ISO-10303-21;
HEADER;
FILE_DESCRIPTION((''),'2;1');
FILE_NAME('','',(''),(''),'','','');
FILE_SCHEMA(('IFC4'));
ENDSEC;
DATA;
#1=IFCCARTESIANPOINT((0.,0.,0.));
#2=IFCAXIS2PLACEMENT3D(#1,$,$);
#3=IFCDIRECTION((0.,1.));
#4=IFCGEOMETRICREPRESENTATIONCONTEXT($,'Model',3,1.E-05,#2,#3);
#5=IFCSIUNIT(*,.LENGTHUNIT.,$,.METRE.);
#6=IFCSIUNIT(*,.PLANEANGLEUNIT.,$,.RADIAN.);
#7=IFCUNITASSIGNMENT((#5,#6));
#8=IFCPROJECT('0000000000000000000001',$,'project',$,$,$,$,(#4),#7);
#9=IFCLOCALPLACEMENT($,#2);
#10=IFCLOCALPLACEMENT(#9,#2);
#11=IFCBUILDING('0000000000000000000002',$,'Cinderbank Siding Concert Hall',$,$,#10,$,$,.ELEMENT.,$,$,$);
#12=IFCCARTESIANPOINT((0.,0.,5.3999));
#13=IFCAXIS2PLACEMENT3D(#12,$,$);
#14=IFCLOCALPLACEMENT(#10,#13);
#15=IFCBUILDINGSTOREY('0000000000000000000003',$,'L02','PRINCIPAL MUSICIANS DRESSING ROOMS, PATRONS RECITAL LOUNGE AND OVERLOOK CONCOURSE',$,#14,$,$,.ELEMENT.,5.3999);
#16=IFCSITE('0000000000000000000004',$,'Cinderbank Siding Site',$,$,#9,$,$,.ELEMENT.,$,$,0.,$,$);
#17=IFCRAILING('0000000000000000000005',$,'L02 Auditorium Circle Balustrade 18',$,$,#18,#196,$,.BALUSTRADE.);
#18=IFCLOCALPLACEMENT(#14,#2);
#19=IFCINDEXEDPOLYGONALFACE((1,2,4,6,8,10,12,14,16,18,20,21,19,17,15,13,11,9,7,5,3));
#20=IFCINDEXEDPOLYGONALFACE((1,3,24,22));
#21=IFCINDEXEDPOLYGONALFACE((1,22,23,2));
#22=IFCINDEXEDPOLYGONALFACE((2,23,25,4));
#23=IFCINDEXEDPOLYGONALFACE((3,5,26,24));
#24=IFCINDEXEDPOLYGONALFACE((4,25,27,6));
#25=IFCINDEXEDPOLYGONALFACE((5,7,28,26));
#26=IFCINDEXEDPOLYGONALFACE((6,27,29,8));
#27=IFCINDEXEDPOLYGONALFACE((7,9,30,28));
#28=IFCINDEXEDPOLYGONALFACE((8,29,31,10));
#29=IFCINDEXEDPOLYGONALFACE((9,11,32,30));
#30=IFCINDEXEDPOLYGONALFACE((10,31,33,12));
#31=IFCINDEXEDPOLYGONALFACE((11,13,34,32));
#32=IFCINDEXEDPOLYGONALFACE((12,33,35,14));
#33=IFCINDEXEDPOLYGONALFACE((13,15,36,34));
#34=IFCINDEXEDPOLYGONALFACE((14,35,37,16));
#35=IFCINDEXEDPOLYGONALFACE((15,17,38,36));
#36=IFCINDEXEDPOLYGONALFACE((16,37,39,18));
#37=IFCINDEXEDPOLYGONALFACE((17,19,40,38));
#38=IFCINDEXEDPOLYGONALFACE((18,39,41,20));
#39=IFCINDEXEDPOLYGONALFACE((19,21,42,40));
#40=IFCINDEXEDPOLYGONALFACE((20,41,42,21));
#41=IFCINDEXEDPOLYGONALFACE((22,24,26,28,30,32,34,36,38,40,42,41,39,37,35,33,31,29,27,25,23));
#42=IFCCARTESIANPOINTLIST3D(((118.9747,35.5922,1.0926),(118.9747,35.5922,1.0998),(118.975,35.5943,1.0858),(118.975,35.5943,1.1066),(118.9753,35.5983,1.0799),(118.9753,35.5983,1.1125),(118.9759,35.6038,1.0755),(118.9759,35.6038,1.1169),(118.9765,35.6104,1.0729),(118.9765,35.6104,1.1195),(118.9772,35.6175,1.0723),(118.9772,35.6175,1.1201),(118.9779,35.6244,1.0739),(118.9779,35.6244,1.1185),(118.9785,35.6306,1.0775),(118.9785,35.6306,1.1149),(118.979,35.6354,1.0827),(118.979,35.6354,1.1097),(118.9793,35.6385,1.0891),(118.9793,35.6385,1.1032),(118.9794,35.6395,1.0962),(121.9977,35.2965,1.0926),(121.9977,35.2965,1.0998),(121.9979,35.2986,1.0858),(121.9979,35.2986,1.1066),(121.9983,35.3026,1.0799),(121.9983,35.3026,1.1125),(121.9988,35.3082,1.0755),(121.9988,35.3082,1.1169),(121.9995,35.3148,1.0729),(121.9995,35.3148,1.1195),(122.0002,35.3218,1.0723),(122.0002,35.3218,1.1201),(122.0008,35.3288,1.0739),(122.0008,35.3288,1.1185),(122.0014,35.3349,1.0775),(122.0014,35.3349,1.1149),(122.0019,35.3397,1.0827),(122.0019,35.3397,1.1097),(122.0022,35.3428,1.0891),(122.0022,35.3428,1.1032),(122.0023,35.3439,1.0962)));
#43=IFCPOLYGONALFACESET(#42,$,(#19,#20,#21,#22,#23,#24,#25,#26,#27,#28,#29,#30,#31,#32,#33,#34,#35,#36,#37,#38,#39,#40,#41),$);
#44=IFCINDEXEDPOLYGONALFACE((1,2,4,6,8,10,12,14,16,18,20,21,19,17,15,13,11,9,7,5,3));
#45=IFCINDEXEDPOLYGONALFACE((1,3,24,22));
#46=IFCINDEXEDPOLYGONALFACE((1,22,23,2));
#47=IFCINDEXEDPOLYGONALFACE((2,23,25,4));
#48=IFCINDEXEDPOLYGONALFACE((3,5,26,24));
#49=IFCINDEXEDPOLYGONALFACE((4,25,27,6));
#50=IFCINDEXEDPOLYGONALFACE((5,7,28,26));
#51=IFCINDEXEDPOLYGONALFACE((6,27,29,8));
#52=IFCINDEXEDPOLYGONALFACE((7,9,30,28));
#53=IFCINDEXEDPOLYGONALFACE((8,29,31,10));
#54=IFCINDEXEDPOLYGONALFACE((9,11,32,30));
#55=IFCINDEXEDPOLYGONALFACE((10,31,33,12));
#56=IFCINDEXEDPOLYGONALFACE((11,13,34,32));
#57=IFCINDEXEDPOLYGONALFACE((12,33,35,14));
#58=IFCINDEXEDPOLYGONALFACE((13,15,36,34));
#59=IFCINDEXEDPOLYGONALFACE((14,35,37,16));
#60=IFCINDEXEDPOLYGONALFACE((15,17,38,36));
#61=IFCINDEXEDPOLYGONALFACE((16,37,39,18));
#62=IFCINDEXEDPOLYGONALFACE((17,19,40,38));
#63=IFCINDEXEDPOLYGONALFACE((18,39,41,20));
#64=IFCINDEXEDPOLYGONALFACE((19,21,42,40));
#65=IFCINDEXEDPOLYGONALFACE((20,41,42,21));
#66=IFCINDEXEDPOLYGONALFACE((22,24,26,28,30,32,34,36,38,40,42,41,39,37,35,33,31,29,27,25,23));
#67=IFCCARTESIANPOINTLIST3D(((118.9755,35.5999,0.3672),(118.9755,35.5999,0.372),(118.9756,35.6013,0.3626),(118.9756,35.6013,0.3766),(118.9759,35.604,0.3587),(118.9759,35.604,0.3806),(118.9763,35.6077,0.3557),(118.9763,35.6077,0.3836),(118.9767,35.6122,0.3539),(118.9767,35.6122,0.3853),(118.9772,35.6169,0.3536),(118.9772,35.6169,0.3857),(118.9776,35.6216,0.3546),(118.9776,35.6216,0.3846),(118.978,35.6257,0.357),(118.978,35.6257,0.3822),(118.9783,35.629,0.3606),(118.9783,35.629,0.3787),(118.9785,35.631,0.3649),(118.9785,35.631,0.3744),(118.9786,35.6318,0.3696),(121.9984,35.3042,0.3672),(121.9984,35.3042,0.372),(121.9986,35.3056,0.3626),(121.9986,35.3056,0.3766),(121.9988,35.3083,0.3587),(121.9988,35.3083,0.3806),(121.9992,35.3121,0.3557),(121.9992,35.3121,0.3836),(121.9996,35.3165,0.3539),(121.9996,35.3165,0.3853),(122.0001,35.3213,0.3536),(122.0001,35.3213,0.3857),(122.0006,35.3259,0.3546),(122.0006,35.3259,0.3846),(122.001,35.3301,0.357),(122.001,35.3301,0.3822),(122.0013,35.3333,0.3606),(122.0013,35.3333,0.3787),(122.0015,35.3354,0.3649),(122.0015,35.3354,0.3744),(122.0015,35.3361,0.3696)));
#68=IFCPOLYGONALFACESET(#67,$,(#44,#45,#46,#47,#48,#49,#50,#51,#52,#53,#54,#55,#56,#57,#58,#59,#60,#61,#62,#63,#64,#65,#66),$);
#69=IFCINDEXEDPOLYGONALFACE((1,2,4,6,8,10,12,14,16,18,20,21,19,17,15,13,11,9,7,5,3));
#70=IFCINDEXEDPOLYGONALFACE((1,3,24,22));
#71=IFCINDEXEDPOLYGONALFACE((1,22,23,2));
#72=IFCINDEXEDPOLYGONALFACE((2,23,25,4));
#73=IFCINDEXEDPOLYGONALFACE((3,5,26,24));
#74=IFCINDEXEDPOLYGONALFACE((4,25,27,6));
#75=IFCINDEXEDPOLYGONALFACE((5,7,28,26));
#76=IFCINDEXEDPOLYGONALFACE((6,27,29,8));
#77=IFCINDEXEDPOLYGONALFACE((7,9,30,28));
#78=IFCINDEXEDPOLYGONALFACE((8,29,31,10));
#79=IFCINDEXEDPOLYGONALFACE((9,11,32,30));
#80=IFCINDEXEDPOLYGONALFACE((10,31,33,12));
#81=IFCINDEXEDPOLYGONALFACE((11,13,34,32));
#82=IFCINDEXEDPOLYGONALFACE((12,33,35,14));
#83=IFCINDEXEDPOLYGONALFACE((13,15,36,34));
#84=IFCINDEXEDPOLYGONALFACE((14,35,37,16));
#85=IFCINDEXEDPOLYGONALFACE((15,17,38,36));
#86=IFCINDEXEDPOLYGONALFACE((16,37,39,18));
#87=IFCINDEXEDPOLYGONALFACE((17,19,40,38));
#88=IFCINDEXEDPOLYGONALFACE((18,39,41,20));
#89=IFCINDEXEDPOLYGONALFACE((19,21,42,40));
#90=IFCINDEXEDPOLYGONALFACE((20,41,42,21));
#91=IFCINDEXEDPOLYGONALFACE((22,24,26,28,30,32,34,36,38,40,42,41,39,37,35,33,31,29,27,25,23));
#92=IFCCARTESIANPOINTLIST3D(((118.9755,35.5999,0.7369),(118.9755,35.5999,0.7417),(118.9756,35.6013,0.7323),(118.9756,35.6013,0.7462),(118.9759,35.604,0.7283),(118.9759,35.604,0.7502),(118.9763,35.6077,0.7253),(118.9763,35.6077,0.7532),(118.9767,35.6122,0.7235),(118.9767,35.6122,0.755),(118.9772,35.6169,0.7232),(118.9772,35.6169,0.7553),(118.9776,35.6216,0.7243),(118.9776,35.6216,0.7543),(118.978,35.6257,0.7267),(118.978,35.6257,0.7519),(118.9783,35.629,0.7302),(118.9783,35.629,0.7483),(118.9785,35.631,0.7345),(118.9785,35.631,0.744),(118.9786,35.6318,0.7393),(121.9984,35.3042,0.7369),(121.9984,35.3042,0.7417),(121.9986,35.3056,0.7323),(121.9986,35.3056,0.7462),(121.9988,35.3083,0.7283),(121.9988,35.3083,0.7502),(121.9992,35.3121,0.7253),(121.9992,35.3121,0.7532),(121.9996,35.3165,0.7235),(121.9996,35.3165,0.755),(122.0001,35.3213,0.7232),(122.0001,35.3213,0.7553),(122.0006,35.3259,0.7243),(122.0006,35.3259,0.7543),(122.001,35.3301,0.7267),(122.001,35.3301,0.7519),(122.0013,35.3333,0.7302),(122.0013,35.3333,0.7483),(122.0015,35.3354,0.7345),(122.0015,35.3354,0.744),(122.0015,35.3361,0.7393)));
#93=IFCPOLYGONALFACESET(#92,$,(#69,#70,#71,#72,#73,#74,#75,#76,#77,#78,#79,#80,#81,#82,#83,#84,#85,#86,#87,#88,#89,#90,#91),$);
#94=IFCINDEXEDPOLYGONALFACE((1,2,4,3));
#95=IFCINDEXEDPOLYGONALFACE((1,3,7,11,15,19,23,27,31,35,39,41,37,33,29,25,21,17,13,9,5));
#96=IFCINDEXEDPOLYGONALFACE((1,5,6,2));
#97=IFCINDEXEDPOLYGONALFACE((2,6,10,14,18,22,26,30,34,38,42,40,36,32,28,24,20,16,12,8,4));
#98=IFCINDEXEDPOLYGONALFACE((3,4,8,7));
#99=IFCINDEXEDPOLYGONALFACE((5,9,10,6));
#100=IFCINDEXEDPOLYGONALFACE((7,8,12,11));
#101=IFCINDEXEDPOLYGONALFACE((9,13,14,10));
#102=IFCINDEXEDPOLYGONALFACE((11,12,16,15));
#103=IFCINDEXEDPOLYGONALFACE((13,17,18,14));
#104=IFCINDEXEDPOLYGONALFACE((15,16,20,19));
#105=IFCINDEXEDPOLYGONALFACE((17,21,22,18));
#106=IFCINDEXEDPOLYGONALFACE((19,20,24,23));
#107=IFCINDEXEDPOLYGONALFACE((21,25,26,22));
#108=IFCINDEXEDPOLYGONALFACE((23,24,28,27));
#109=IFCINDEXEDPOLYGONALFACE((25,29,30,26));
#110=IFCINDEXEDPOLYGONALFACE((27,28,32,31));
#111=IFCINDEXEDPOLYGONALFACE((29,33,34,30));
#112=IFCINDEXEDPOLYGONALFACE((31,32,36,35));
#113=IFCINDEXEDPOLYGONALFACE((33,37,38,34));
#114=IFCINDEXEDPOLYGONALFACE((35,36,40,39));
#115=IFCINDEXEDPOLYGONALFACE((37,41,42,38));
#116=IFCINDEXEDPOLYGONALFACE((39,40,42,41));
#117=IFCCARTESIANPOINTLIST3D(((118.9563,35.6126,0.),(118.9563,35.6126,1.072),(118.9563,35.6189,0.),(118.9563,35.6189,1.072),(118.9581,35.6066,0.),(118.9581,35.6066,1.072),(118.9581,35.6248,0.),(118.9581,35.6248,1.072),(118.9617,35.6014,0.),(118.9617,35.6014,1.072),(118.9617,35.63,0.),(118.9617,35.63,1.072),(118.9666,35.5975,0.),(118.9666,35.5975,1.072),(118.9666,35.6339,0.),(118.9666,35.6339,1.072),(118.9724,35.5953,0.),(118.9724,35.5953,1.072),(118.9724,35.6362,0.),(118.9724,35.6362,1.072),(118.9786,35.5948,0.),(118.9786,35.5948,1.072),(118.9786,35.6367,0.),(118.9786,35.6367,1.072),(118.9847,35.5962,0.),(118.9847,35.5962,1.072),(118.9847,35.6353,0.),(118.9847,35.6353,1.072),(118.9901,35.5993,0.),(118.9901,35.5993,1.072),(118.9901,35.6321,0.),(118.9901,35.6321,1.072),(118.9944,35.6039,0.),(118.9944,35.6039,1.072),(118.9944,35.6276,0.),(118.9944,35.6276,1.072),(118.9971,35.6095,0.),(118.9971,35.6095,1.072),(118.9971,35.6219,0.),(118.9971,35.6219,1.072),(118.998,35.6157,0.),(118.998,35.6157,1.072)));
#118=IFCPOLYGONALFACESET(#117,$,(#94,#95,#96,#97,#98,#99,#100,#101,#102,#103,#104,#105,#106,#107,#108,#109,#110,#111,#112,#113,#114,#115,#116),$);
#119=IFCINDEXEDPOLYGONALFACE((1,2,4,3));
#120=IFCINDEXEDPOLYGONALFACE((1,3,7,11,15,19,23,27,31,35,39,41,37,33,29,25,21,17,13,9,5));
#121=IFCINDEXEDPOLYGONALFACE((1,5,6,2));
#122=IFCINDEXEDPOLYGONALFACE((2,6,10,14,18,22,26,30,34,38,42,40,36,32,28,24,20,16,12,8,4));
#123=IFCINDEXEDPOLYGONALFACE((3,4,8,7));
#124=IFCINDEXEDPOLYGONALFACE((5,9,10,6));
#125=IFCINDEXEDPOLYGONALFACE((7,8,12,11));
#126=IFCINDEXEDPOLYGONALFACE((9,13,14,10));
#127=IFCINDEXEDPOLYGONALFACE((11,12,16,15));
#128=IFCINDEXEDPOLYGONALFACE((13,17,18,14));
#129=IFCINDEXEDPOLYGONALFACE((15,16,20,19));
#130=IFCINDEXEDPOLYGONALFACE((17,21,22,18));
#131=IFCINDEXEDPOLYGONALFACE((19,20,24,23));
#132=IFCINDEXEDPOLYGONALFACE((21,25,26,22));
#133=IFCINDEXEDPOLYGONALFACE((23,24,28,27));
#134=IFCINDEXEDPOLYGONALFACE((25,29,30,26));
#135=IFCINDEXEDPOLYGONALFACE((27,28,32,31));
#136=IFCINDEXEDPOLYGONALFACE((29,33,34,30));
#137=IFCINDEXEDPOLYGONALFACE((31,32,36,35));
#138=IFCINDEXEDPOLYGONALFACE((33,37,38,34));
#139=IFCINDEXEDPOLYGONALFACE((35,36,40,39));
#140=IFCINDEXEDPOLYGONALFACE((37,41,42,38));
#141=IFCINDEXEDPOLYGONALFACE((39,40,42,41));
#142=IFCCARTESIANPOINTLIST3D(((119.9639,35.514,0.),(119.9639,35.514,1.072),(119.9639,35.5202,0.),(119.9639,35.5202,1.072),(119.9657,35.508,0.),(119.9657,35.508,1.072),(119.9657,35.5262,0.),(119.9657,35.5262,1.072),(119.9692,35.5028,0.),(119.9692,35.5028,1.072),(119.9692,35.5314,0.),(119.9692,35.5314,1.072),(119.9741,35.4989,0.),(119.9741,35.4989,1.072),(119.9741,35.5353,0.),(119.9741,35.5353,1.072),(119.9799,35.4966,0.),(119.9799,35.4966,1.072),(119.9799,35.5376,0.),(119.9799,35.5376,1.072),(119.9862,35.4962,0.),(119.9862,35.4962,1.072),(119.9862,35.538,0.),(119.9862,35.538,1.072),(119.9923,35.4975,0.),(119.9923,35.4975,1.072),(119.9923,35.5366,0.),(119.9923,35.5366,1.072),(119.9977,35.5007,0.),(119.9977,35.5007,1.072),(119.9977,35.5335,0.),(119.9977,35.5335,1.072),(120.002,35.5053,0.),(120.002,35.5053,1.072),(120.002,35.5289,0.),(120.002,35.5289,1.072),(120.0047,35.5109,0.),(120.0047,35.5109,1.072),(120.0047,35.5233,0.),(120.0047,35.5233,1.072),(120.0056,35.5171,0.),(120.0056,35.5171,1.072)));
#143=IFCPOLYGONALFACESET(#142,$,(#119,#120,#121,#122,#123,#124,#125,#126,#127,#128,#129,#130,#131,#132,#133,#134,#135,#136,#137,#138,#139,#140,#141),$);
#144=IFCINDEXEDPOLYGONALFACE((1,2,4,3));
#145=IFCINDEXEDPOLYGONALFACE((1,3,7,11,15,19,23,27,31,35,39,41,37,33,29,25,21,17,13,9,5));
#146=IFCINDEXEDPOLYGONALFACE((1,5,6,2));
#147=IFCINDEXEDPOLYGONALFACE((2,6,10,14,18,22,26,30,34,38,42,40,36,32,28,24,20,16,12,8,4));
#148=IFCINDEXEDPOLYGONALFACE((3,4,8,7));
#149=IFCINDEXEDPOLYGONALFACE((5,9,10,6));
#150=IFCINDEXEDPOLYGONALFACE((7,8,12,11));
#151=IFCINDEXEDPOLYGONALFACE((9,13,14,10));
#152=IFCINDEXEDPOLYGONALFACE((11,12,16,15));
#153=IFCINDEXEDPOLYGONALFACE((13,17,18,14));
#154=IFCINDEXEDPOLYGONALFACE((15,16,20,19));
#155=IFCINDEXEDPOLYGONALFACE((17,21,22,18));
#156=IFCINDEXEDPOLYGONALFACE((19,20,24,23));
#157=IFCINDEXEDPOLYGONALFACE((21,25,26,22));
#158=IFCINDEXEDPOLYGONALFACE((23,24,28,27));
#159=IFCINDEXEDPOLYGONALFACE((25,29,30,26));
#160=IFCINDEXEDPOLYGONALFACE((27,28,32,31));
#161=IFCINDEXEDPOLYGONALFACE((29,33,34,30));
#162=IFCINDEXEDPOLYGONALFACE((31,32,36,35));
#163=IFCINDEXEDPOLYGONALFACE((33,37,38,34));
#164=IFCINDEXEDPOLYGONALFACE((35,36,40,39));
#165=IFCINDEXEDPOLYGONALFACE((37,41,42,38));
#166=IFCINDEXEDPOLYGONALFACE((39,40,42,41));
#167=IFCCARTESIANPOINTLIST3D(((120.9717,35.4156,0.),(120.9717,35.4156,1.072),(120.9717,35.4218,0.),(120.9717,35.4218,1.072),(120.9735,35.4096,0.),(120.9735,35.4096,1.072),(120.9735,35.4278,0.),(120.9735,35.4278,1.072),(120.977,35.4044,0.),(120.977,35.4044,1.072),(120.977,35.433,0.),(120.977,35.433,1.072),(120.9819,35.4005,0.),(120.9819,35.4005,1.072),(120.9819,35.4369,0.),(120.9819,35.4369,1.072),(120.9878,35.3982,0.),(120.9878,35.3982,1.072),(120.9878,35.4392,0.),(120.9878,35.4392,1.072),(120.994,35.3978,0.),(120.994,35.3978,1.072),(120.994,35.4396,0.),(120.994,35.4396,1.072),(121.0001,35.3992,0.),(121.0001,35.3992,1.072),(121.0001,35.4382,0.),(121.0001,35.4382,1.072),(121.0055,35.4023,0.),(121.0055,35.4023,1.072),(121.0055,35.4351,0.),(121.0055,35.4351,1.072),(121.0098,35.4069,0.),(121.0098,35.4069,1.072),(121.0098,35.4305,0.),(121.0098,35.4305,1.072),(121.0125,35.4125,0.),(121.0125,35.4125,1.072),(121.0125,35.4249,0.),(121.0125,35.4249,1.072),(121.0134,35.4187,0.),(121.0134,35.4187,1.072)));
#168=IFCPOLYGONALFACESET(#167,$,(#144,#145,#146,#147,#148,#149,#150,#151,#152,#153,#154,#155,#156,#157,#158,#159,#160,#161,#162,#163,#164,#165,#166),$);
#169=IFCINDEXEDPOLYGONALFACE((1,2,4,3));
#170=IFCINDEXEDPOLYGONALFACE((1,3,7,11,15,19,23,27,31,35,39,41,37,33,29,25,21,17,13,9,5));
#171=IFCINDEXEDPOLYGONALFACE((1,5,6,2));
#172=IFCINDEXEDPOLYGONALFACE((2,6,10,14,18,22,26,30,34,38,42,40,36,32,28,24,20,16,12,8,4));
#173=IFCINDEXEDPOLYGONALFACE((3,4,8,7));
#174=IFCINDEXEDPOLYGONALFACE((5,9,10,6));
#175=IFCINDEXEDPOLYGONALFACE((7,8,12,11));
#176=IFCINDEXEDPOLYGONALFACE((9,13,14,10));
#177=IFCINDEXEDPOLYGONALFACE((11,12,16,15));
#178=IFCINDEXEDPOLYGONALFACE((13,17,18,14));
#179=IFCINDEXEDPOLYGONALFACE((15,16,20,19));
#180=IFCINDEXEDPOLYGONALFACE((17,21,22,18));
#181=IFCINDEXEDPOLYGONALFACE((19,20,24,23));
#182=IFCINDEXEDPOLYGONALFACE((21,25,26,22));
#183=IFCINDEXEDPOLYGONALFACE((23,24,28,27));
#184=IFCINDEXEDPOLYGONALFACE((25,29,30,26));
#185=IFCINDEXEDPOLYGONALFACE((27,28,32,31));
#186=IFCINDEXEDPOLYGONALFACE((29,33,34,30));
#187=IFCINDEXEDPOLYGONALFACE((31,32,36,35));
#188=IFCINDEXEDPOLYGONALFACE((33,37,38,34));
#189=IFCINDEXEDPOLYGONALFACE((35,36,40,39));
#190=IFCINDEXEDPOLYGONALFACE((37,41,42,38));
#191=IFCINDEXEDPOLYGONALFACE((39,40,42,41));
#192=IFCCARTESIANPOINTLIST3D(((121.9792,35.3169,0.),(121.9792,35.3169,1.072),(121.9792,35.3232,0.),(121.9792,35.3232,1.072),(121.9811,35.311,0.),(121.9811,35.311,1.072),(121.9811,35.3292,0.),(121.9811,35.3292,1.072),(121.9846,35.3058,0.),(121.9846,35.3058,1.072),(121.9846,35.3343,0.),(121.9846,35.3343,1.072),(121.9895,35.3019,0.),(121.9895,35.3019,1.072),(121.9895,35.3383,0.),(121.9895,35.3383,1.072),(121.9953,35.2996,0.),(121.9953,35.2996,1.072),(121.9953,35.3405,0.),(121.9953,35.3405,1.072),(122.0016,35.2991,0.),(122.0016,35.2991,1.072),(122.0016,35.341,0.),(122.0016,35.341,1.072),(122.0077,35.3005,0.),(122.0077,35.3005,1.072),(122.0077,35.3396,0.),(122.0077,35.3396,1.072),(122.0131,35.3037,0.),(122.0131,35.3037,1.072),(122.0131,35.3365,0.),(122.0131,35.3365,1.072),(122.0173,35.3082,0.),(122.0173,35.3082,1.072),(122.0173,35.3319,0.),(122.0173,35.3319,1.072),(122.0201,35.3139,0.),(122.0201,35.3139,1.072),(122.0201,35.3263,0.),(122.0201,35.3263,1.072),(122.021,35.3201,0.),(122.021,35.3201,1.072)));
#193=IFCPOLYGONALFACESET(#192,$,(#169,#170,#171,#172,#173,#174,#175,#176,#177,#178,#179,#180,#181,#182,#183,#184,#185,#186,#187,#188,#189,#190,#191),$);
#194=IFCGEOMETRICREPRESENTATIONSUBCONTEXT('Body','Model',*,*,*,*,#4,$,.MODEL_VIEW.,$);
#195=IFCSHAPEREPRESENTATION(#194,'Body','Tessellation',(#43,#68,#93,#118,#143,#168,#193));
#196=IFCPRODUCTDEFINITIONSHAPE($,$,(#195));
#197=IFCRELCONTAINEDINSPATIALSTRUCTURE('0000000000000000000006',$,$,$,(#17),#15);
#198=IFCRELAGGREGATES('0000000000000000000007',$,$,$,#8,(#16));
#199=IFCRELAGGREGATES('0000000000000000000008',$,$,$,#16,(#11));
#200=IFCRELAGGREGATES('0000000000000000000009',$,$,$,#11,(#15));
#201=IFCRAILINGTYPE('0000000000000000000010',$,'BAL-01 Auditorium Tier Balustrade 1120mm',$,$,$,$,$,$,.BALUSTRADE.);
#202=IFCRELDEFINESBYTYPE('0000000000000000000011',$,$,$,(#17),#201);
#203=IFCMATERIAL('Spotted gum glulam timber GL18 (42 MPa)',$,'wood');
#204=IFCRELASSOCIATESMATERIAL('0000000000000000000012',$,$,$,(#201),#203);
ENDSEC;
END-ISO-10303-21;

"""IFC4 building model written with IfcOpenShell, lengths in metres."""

from ifc_helpers import new_model, si_unit, direction, frame, origin, origin_2d, place, context, subcontext, project, spatial, circle, extrude, material, type_object, element, save


model = new_model("IFC4")

# Units and contexts
model_context = context("Model", 3, precision=1e-05, world=origin(), true_north=direction((0.0, 1.0)))
body_context = subcontext(model_context, "Body", "Model", "MODEL_VIEW")
ifc_project = project(units=[si_unit("LENGTHUNIT", "METRE"), si_unit("PLANEANGLEUNIT", "RADIAN")], contexts=[model_context])

# Site, building, storey
site_placement = place(None, origin())
site = spatial("IfcSite", under=ifc_project, at=site_placement, Name="Cinderbank Siding Site", CompositionType="ELEMENT", RefElevation=0.0)
building_placement = place(site_placement, origin())
building = spatial("IfcBuilding", under=site, at=building_placement, Name="Cinderbank Siding Concert Hall", CompositionType="ELEMENT")
storey_placement = place(building_placement, frame((0.0, 0.0, 5.3999)))
storey = spatial("IfcBuildingStorey", under=building, at=storey_placement, Name="L02", Description="PRINCIPAL MUSICIANS DRESSING ROOMS, PATRONS RECITAL LOUNGE AND OVERLOOK CONCOURSE", CompositionType="ELEMENT", Elevation=5.3999)

# Railing
ifc_material_1 = material(Name="Spotted gum glulam timber GL18 (42 MPa)", Category="wood")
railing_type = type_object("IfcRailingType", Name="BAL-01 Auditorium Tier Balustrade 1120mm", PredefinedType="BALUSTRADE", material=ifc_material_1)
railing_1_placement = place(storey_placement, frame((118.9771, 35.6157, 0.0)))
element("IfcRailing", 1, at=railing_1_placement, inside=storey, type_object=railing_type, Name="L02 Auditorium Circle Balustrade 18", PredefinedType="BALUSTRADE", context=body_context, shape_type="SweptSolid", body=[
    extrude(circle(Radius=0.0239, at=origin_2d()), frame((0.0, 0.0, 1.0962), z_axis=(0.995251, -0.097339, 0.0), x_axis=(0.097339, 0.995251, 0.0)), (0.0, 0.0, 1.0), 3.0374),
    extrude(circle(Radius=0.0161, at=origin_2d()), frame((0.0, 0.0, 0.3696), z_axis=(0.995251, -0.097339, 0.0), x_axis=(0.097339, 0.995251, 0.0)), (0.0, 0.0, 1.0), 3.0374),
    extrude(circle(Radius=0.0161, at=origin_2d()), frame((0.0, 0.0, 0.7393), z_axis=(0.995251, -0.097339, 0.0), x_axis=(0.097339, 0.995251, 0.0)), (0.0, 0.0, 1.0), 3.0374),
    extrude(circle(Radius=0.021, at=origin_2d()), origin(), (0.0, 0.0, 1.0), 1.072),
    extrude(circle(Radius=0.021, at=origin_2d()), frame((1.0076, -0.0986, 0.0)), (0.0, 0.0, 1.0), 1.072),
    extrude(circle(Radius=0.021, at=origin_2d()), frame((2.0154, -0.197, 0.0)), (0.0, 0.0, 1.0), 1.072),
    extrude(circle(Radius=0.021, at=origin_2d()), frame((3.0229, -0.2957, 0.0)), (0.0, 0.0, 1.0), 1.072),
])

save(model, "model.ifc")
